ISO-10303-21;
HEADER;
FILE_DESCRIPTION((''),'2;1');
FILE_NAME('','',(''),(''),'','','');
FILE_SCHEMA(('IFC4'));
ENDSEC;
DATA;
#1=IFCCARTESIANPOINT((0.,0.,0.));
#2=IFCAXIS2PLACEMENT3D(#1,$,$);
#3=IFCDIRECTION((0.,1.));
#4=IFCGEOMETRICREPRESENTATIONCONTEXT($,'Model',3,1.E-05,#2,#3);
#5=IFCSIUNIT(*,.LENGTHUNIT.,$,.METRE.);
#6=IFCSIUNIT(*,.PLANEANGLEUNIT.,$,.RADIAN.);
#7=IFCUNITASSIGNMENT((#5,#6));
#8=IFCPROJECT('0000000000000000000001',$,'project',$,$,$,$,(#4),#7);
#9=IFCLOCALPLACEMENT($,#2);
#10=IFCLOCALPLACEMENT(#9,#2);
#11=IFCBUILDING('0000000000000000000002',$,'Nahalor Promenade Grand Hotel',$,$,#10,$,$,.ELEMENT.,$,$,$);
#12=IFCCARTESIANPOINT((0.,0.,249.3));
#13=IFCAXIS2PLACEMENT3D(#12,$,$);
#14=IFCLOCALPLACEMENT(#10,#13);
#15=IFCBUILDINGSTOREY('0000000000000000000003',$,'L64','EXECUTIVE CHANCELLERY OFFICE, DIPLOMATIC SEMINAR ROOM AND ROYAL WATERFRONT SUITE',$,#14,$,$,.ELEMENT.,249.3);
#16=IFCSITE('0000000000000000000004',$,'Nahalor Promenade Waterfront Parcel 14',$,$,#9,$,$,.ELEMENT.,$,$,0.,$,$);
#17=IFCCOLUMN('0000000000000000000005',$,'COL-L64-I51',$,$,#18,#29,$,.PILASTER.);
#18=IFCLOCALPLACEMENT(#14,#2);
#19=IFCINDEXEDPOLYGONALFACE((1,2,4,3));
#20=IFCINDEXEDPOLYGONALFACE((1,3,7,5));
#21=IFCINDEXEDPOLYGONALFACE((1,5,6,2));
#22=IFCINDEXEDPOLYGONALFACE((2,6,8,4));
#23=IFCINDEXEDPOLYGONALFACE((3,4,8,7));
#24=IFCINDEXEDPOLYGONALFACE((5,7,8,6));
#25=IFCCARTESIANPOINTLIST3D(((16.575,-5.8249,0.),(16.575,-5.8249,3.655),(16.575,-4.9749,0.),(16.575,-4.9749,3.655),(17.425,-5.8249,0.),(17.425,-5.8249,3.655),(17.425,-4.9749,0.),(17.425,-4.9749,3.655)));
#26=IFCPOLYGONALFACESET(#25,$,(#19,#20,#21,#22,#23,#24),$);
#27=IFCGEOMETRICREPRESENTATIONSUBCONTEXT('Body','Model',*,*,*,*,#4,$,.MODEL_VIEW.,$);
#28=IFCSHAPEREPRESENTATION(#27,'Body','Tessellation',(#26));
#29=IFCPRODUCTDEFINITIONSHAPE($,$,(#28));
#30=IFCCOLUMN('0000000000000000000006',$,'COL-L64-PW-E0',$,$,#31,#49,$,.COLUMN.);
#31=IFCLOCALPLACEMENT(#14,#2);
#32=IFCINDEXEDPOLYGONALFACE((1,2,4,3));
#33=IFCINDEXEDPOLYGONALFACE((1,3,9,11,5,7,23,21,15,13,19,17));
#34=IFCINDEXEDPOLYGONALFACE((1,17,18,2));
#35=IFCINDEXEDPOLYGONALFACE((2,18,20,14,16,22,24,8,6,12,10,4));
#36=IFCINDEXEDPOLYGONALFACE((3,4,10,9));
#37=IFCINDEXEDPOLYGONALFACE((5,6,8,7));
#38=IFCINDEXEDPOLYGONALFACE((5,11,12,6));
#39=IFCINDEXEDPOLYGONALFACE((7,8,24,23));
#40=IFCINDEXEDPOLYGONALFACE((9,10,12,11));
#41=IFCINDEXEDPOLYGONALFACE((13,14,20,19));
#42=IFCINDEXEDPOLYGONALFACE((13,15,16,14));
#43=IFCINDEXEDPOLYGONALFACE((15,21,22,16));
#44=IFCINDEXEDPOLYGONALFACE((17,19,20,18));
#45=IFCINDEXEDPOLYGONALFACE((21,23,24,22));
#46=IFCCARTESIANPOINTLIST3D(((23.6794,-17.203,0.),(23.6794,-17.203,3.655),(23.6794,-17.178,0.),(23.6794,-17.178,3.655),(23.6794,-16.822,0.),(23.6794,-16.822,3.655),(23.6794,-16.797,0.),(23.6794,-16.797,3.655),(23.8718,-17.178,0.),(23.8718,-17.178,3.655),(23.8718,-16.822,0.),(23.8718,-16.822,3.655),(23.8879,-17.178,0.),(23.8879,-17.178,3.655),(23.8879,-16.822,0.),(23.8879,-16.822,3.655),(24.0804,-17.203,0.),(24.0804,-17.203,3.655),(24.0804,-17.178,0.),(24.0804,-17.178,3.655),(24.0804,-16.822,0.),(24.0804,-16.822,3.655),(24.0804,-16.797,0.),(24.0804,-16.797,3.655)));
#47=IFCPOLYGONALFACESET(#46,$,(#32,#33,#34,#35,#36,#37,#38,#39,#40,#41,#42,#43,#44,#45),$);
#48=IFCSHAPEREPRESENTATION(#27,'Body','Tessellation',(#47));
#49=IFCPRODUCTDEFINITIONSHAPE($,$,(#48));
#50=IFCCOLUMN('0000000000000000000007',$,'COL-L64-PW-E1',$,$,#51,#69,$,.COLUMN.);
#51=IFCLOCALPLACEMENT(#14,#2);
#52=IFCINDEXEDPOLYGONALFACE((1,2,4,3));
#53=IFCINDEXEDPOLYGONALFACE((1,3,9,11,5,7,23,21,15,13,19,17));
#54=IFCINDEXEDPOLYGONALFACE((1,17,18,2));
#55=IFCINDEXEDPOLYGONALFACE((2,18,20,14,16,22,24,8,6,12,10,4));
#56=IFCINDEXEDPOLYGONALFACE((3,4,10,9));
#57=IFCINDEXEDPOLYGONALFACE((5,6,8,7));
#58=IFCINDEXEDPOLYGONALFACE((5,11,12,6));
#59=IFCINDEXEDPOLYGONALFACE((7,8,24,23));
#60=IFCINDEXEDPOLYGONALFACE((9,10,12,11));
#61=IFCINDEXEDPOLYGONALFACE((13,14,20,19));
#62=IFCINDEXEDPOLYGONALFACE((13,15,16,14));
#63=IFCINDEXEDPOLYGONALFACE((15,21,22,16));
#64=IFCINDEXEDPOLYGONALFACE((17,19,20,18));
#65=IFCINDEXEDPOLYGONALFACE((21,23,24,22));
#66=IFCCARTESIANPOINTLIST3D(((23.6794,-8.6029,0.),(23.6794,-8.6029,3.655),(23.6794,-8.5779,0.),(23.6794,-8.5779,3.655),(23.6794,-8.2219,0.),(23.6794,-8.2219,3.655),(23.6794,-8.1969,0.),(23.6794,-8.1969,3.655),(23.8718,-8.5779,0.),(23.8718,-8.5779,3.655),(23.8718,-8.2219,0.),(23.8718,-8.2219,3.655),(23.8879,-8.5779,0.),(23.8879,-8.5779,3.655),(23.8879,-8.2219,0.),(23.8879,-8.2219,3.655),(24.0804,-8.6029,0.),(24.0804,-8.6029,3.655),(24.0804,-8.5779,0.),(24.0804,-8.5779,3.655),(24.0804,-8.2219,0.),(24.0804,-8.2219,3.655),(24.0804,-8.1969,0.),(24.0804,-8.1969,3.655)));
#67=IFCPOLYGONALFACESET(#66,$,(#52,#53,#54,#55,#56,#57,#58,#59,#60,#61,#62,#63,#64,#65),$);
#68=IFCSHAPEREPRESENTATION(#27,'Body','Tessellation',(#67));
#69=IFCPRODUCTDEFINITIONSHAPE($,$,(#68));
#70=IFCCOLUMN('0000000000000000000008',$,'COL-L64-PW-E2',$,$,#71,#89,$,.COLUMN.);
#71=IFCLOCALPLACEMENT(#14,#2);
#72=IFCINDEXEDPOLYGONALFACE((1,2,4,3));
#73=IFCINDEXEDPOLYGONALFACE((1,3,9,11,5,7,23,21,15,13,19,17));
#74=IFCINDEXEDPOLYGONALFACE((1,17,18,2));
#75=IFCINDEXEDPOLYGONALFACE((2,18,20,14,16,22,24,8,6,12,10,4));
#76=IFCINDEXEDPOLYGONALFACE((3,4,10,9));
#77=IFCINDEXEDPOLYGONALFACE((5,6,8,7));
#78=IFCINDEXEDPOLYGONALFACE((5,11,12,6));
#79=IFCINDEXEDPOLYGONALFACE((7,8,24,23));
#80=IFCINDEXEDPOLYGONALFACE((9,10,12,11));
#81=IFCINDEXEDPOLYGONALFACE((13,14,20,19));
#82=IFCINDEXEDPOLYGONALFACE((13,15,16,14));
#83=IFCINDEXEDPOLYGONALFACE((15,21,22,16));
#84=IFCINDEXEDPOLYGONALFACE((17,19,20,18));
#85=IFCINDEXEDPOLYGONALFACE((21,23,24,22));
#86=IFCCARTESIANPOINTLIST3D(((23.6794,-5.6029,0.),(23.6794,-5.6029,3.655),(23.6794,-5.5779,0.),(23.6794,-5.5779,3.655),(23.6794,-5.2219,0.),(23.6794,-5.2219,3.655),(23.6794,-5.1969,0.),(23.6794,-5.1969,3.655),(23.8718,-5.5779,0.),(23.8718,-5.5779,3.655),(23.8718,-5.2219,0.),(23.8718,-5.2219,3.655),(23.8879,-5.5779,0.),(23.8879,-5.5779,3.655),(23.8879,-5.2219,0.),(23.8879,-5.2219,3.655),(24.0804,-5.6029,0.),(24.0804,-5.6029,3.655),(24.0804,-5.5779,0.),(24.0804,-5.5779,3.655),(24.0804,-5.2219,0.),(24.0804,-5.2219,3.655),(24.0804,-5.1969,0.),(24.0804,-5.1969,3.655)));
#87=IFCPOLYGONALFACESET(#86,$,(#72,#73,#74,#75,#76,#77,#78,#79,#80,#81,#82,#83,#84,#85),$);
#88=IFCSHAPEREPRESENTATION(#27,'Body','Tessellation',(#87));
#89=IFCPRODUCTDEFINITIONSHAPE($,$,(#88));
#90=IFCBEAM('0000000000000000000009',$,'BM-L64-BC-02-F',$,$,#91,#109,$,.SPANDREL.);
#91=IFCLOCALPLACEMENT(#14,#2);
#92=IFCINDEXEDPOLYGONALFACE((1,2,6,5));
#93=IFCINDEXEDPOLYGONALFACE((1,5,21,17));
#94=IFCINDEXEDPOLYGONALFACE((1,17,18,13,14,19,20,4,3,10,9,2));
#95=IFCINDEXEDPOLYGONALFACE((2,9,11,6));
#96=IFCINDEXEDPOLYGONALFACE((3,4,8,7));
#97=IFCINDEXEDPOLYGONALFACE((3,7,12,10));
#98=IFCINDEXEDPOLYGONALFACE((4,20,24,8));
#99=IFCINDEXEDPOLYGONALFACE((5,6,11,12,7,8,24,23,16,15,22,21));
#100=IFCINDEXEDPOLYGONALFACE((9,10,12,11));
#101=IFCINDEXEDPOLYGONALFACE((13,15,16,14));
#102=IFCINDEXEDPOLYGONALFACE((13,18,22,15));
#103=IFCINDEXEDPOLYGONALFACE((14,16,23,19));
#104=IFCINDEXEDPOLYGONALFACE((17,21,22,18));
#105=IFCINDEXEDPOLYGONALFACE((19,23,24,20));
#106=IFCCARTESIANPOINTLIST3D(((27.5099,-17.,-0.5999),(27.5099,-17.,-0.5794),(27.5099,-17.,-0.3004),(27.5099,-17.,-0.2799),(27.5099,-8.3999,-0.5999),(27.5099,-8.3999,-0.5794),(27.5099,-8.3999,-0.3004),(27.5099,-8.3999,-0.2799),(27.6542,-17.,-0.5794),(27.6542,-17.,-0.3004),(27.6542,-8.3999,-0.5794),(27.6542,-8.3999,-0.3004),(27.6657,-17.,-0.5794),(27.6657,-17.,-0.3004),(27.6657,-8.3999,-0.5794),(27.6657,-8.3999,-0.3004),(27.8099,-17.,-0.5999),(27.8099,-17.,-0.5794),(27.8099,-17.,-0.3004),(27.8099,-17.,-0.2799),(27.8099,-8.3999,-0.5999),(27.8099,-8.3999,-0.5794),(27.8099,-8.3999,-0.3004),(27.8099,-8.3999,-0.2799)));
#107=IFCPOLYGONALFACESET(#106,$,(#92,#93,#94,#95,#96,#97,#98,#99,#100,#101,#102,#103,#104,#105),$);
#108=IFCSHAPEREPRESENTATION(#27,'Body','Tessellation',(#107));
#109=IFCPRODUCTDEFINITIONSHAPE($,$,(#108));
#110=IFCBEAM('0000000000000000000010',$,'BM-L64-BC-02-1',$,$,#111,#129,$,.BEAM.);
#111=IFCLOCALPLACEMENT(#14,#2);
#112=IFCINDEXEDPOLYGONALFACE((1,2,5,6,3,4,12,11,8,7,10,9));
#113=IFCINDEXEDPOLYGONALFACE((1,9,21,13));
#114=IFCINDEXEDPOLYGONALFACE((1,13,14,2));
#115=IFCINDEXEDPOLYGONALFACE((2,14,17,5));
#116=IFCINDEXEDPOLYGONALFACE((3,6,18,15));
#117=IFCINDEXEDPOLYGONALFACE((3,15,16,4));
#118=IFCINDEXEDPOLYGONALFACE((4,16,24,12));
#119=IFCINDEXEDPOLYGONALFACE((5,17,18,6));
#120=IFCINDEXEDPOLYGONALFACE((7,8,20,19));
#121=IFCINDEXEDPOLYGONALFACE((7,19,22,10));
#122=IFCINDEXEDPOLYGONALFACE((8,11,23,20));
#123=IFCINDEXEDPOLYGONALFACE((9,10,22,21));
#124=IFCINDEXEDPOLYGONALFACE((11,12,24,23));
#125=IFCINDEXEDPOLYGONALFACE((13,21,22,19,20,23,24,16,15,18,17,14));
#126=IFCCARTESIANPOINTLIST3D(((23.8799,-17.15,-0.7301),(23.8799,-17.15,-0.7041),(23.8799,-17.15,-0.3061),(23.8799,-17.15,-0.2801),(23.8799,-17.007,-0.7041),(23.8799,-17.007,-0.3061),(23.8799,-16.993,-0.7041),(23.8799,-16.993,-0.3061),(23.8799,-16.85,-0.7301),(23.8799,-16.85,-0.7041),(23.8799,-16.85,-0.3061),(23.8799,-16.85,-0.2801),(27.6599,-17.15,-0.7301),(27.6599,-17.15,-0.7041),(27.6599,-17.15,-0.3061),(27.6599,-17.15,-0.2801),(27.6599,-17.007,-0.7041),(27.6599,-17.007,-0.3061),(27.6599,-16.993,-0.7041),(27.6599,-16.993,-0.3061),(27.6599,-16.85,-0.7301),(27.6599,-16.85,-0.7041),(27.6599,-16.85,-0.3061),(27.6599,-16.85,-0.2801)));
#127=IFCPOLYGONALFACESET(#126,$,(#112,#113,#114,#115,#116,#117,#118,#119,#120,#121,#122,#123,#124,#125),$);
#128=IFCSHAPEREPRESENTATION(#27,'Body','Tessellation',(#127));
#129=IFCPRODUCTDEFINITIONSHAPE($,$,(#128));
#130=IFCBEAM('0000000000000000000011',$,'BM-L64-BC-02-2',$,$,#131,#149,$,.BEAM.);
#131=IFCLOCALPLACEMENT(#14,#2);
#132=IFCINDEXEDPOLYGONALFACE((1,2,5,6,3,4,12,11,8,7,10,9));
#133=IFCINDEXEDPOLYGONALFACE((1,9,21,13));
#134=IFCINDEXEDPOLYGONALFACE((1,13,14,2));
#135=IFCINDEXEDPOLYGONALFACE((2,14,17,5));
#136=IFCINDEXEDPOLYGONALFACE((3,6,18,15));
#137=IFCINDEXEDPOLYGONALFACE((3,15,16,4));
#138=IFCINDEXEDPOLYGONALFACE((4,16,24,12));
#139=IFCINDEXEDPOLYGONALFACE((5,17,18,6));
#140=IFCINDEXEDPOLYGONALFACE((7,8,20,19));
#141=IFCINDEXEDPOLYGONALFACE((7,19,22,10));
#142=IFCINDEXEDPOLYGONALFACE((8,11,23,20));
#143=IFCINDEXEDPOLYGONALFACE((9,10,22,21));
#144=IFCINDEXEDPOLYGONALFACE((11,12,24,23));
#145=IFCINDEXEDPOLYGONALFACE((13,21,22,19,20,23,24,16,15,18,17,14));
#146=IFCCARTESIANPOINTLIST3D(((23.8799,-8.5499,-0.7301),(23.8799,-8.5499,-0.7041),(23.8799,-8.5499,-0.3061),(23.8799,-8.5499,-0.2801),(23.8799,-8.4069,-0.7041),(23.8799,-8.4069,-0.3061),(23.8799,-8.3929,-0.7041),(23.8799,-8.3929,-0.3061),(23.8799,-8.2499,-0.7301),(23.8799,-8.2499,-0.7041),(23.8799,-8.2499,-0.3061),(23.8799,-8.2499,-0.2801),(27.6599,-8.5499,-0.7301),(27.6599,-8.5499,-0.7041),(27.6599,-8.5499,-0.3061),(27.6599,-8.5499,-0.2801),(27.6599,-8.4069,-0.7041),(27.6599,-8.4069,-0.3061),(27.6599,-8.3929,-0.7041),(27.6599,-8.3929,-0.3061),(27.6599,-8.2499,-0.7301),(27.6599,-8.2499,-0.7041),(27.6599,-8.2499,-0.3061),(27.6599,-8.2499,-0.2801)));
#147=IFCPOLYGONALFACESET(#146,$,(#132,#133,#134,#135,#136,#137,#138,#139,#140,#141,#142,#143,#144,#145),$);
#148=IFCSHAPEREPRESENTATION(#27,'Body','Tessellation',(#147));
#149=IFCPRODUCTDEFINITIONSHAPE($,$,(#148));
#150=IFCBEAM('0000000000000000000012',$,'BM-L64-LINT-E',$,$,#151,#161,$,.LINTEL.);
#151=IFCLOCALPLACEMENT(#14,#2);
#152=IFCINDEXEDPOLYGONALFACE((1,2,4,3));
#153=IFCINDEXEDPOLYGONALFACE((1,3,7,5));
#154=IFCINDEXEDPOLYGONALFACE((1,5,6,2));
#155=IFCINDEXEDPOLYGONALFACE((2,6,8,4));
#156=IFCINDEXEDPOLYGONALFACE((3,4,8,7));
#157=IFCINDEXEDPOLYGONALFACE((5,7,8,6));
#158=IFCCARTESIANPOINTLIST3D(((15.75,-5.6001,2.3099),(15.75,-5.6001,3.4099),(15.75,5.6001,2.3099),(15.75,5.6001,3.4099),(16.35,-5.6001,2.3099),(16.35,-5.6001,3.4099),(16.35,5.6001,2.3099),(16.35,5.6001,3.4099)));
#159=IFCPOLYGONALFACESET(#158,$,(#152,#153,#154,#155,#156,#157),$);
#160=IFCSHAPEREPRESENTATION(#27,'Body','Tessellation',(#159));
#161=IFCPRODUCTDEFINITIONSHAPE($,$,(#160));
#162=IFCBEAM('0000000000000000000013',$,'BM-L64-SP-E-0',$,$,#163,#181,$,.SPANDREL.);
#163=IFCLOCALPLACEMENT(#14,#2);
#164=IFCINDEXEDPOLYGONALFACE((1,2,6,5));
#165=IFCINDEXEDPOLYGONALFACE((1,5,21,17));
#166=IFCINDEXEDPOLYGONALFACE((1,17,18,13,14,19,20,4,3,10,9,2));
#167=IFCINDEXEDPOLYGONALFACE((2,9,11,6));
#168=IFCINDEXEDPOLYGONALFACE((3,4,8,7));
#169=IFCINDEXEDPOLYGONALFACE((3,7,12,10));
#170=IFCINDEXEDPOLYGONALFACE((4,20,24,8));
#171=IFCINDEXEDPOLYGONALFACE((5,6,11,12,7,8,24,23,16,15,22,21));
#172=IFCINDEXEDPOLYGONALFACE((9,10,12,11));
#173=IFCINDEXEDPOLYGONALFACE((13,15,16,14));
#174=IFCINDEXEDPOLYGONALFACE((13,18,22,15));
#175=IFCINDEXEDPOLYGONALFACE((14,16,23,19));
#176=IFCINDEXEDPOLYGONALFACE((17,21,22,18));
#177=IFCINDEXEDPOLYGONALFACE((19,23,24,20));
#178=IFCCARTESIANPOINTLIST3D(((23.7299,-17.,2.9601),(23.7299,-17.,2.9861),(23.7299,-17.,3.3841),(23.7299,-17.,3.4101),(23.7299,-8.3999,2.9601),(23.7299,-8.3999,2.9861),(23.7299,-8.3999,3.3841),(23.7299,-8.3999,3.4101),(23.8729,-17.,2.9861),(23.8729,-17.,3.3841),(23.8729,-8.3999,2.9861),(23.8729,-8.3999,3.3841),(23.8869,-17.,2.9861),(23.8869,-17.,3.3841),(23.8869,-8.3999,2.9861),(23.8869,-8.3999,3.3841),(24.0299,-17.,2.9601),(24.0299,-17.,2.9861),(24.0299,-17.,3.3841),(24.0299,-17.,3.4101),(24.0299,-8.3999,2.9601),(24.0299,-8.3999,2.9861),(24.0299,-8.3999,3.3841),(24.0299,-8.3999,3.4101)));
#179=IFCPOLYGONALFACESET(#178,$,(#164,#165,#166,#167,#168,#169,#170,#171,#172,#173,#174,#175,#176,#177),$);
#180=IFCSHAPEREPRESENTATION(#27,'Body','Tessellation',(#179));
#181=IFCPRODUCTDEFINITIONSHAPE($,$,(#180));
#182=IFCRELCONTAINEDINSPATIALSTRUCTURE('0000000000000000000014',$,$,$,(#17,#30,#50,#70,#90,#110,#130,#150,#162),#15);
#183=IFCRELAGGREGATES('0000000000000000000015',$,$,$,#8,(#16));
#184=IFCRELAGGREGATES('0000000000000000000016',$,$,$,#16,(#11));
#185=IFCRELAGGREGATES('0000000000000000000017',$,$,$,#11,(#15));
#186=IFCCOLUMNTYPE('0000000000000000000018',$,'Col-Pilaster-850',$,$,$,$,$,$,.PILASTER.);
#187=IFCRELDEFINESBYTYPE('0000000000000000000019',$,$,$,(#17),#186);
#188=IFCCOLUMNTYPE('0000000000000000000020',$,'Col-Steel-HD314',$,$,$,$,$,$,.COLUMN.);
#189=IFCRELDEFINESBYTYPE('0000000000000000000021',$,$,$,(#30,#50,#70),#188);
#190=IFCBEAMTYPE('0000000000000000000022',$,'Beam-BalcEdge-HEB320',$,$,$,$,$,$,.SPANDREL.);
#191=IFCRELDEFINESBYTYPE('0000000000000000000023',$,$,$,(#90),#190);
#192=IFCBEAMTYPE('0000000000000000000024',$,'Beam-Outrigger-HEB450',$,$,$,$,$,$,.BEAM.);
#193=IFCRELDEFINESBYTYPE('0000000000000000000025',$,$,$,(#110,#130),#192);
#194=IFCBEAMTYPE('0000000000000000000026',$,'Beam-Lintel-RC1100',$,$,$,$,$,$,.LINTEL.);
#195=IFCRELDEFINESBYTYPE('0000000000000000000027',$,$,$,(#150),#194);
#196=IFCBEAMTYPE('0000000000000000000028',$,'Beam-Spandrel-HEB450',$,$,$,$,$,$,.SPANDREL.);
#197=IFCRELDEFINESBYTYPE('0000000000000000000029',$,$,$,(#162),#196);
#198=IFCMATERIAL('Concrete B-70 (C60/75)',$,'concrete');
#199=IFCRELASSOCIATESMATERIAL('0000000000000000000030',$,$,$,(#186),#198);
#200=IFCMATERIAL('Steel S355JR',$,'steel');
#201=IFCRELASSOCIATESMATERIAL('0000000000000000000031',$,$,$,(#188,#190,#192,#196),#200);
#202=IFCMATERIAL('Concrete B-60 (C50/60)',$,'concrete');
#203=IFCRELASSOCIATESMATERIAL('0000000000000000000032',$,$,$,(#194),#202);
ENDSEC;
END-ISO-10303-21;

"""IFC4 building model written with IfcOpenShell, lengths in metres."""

from ifc_helpers import new_model, si_unit, direction, frame, origin, origin_2d, place, context, subcontext, project, spatial, rectangle, i_section, extrude, source, transform, mapped, material, material_profile, profile_set, type_object, element, save


model = new_model("IFC4")

# Units and contexts
model_context = context("Model", 3, precision=1e-05, world=origin(), true_north=direction((0.0, 1.0)))
body_context = subcontext(model_context, "Body", "Model", "MODEL_VIEW")
ifc_project = project(units=[si_unit("LENGTHUNIT", "METRE"), si_unit("PLANEANGLEUNIT", "RADIAN")], contexts=[model_context])

# Site, building, storey
site_placement = place(None, origin())
site = spatial("IfcSite", under=ifc_project, at=site_placement, Name="Nahalor Promenade Waterfront Parcel 14", CompositionType="ELEMENT", RefElevation=0.0)
building_placement = place(site_placement, origin())
building = spatial("IfcBuilding", under=site, at=building_placement, Name="Nahalor Promenade Grand Hotel", CompositionType="ELEMENT")
storey_placement = place(building_placement, frame((0.0, 0.0, 249.3)))
storey = spatial("IfcBuildingStorey", under=building, at=storey_placement, Name="L64", Description="EXECUTIVE CHANCELLERY OFFICE, DIPLOMATIC SEMINAR ROOM AND ROYAL WATERFRONT SUITE", CompositionType="ELEMENT", Elevation=249.3)

# Columns
ifc_material_1 = material(Name="Concrete B-70 (C60/75)", Category="concrete")
ifc_material_profile_1 = material_profile(ifc_material_1, rectangle(XDim=0.85, YDim=0.85, at=origin_2d()), Name="RC 850x850")
ifc_profile_set_1 = profile_set([ifc_material_profile_1], Name="Concrete B-70 (C60/75)")
column_type_1 = type_object("IfcColumnType", Name="Col-Pilaster-850", PredefinedType="PILASTER", material=ifc_profile_set_1)
shared_shape_1 = source(origin(), body_context, "Body", "SweptSolid", [
    extrude(rectangle(XDim=0.85, YDim=0.85, at=origin_2d()), origin(), (0.0, 0.0, 1.0), 3.655),
])
column_placement = place(storey_placement, frame((17.0, -5.3999, 0.0), z_axis=(0.0, 0.0, 1.0), x_axis=(1.0, 0.0, 0.0)))
element("IfcColumn", 1, at=column_placement, inside=storey, type_object=column_type_1, Name="COL-L64-I51", PredefinedType="PILASTER", context=body_context, shape_type="MappedRepresentation", body=[
    mapped(shared_shape_1, transform((0.0, 0.0, 0.0), scale=1.0)),
])
ifc_material_2 = material(Name="Steel S355JR", Category="steel")
ifc_material_profile_2 = material_profile(ifc_material_2, i_section(OverallWidth=0.401, OverallDepth=0.406, WebThickness=0.0161, FlangeThickness=0.025, at=origin_2d()), Name="HD 400x314")
ifc_profile_set_2 = profile_set([ifc_material_profile_2], Name="Steel S355JR")
column_type_2 = type_object("IfcColumnType", Name="Col-Steel-HD314", PredefinedType="COLUMN", material=ifc_profile_set_2)
shared_shape_2 = source(origin(), body_context, "Body", "SweptSolid", [
    extrude(i_section(OverallWidth=0.401, OverallDepth=0.406, WebThickness=0.0161, FlangeThickness=0.025, at=origin_2d()), origin(), (0.0, 0.0, 1.0), 3.655),
])
for number, where, z_axis, x_axis, name in (
    (2, (23.8799, -17.0, 0.0), (0.0, 0.0, 1.0), (1.0, 0.0, 0.0), "COL-L64-PW-E0"),
    (3, (23.8799, -8.3999, 0.0), (0.0, 0.0, 1.0), (1.0, 0.0, 0.0), "COL-L64-PW-E1"),
    (4, (23.8799, -5.3999, 0.0), (0.0, 0.0, 1.0), (1.0, 0.0, 0.0), "COL-L64-PW-E2"),
):
    element("IfcColumn", number, at=place(storey_placement, frame(where, z_axis=z_axis, x_axis=x_axis)), inside=storey, type_object=column_type_2, Name=name, PredefinedType="COLUMN", context=body_context, shape_type="MappedRepresentation", body=[
        mapped(shared_shape_2, transform((0.0, 0.0, 0.0), scale=1.0)),
    ])

# Beams
ifc_material_profile_3 = material_profile(ifc_material_2, i_section(OverallWidth=0.3, OverallDepth=0.32, WebThickness=0.0115, FlangeThickness=0.0205, at=origin_2d()), Name="HEB 320")
ifc_profile_set_3 = profile_set([ifc_material_profile_3], Name="Steel S355JR")
beam_type_1 = type_object("IfcBeamType", Name="Beam-BalcEdge-HEB320", PredefinedType="SPANDREL", material=ifc_profile_set_3)
shared_shape_3 = source(origin(), body_context, "Body", "SweptSolid", [
    extrude(i_section(OverallWidth=0.3, OverallDepth=0.32, WebThickness=0.0115, FlangeThickness=0.0205, at=origin_2d()), origin(), (0.0, 0.0, 1.0), 8.6001),
])
beam_1_placement = place(storey_placement, frame((27.6599, -17.0, -0.4399), z_axis=(0.0, 1.0, 0.0), x_axis=(-1.0, 0.0, 0.0)))
element("IfcBeam", 5, at=beam_1_placement, inside=storey, type_object=beam_type_1, Name="BM-L64-BC-02-F", PredefinedType="SPANDREL", context=body_context, shape_type="MappedRepresentation", body=[
    mapped(shared_shape_3, transform((0.0, 0.0, 0.0), scale=1.0)),
])
ifc_material_profile_4 = material_profile(ifc_material_2, i_section(OverallWidth=0.3, OverallDepth=0.45, WebThickness=0.014, FlangeThickness=0.026, at=origin_2d()), Name="HEB 450")
ifc_profile_set_4 = profile_set([ifc_material_profile_4], Name="Steel S355JR")
beam_type_2 = type_object("IfcBeamType", Name="Beam-Outrigger-HEB450", PredefinedType="BEAM", material=ifc_profile_set_4)
shared_shape_4 = source(origin(), body_context, "Body", "SweptSolid", [
    extrude(i_section(OverallWidth=0.3, OverallDepth=0.45, WebThickness=0.014, FlangeThickness=0.026, at=origin_2d()), origin(), (0.0, 0.0, 1.0), 3.78),
])
for number, where, z_axis, x_axis, name in (
    (6, (23.8799, -17.0, -0.5051), (1.0, 0.0, 0.0), (0.0, 1.0, 0.0), "BM-L64-BC-02-1"),
    (7, (23.8799, -8.3999, -0.5051), (1.0, 0.0, 0.0), (0.0, 1.0, 0.0), "BM-L64-BC-02-2"),
):
    element("IfcBeam", number, at=place(storey_placement, frame(where, z_axis=z_axis, x_axis=x_axis)), inside=storey, type_object=beam_type_2, Name=name, PredefinedType="BEAM", context=body_context, shape_type="MappedRepresentation", body=[
        mapped(shared_shape_4, transform((0.0, 0.0, 0.0), scale=1.0)),
    ])
ifc_material_3 = material(Name="Concrete B-60 (C50/60)", Category="concrete")
ifc_material_profile_5 = material_profile(ifc_material_3, rectangle(XDim=0.6, YDim=1.1, at=origin_2d()), Name="RC 600x1100")
ifc_profile_set_5 = profile_set([ifc_material_profile_5], Name="Concrete B-60 (C50/60)")
beam_type_3 = type_object("IfcBeamType", Name="Beam-Lintel-RC1100", PredefinedType="LINTEL", material=ifc_profile_set_5)
shared_shape_5 = source(origin(), body_context, "Body", "SweptSolid", [
    extrude(rectangle(XDim=0.6, YDim=1.1, at=origin_2d()), origin(), (0.0, 0.0, 1.0), 11.2002),
])
beam_2_placement = place(storey_placement, frame((16.05, -5.6001, 2.8599), z_axis=(0.0, 1.0, 0.0), x_axis=(-1.0, 0.0, 0.0)))
element("IfcBeam", 8, at=beam_2_placement, inside=storey, type_object=beam_type_3, Name="BM-L64-LINT-E", PredefinedType="LINTEL", context=body_context, shape_type="MappedRepresentation", body=[
    mapped(shared_shape_5, transform((0.0, 0.0, 0.0), scale=1.0)),
])
ifc_material_profile_6 = material_profile(ifc_material_2, i_section(OverallWidth=0.3, OverallDepth=0.45, WebThickness=0.014, FlangeThickness=0.026, at=origin_2d()), Name="HEB 450")
ifc_profile_set_6 = profile_set([ifc_material_profile_6], Name="Steel S355JR")
beam_type_4 = type_object("IfcBeamType", Name="Beam-Spandrel-HEB450", PredefinedType="SPANDREL", material=ifc_profile_set_6)
shared_shape_6 = source(origin(), body_context, "Body", "SweptSolid", [
    extrude(i_section(OverallWidth=0.3, OverallDepth=0.45, WebThickness=0.014, FlangeThickness=0.026, at=origin_2d()), origin(), (0.0, 0.0, 1.0), 8.6001),
])
beam_3_placement = place(storey_placement, frame((23.8799, -17.0, 3.1851), z_axis=(0.0, 1.0, 0.0), x_axis=(-1.0, 0.0, 0.0)))
element("IfcBeam", 9, at=beam_3_placement, inside=storey, type_object=beam_type_4, Name="BM-L64-SP-E-0", PredefinedType="SPANDREL", context=body_context, shape_type="MappedRepresentation", body=[
    mapped(shared_shape_6, transform((0.0, 0.0, 0.0), scale=1.0)),
])

save(model, "model.ifc")
